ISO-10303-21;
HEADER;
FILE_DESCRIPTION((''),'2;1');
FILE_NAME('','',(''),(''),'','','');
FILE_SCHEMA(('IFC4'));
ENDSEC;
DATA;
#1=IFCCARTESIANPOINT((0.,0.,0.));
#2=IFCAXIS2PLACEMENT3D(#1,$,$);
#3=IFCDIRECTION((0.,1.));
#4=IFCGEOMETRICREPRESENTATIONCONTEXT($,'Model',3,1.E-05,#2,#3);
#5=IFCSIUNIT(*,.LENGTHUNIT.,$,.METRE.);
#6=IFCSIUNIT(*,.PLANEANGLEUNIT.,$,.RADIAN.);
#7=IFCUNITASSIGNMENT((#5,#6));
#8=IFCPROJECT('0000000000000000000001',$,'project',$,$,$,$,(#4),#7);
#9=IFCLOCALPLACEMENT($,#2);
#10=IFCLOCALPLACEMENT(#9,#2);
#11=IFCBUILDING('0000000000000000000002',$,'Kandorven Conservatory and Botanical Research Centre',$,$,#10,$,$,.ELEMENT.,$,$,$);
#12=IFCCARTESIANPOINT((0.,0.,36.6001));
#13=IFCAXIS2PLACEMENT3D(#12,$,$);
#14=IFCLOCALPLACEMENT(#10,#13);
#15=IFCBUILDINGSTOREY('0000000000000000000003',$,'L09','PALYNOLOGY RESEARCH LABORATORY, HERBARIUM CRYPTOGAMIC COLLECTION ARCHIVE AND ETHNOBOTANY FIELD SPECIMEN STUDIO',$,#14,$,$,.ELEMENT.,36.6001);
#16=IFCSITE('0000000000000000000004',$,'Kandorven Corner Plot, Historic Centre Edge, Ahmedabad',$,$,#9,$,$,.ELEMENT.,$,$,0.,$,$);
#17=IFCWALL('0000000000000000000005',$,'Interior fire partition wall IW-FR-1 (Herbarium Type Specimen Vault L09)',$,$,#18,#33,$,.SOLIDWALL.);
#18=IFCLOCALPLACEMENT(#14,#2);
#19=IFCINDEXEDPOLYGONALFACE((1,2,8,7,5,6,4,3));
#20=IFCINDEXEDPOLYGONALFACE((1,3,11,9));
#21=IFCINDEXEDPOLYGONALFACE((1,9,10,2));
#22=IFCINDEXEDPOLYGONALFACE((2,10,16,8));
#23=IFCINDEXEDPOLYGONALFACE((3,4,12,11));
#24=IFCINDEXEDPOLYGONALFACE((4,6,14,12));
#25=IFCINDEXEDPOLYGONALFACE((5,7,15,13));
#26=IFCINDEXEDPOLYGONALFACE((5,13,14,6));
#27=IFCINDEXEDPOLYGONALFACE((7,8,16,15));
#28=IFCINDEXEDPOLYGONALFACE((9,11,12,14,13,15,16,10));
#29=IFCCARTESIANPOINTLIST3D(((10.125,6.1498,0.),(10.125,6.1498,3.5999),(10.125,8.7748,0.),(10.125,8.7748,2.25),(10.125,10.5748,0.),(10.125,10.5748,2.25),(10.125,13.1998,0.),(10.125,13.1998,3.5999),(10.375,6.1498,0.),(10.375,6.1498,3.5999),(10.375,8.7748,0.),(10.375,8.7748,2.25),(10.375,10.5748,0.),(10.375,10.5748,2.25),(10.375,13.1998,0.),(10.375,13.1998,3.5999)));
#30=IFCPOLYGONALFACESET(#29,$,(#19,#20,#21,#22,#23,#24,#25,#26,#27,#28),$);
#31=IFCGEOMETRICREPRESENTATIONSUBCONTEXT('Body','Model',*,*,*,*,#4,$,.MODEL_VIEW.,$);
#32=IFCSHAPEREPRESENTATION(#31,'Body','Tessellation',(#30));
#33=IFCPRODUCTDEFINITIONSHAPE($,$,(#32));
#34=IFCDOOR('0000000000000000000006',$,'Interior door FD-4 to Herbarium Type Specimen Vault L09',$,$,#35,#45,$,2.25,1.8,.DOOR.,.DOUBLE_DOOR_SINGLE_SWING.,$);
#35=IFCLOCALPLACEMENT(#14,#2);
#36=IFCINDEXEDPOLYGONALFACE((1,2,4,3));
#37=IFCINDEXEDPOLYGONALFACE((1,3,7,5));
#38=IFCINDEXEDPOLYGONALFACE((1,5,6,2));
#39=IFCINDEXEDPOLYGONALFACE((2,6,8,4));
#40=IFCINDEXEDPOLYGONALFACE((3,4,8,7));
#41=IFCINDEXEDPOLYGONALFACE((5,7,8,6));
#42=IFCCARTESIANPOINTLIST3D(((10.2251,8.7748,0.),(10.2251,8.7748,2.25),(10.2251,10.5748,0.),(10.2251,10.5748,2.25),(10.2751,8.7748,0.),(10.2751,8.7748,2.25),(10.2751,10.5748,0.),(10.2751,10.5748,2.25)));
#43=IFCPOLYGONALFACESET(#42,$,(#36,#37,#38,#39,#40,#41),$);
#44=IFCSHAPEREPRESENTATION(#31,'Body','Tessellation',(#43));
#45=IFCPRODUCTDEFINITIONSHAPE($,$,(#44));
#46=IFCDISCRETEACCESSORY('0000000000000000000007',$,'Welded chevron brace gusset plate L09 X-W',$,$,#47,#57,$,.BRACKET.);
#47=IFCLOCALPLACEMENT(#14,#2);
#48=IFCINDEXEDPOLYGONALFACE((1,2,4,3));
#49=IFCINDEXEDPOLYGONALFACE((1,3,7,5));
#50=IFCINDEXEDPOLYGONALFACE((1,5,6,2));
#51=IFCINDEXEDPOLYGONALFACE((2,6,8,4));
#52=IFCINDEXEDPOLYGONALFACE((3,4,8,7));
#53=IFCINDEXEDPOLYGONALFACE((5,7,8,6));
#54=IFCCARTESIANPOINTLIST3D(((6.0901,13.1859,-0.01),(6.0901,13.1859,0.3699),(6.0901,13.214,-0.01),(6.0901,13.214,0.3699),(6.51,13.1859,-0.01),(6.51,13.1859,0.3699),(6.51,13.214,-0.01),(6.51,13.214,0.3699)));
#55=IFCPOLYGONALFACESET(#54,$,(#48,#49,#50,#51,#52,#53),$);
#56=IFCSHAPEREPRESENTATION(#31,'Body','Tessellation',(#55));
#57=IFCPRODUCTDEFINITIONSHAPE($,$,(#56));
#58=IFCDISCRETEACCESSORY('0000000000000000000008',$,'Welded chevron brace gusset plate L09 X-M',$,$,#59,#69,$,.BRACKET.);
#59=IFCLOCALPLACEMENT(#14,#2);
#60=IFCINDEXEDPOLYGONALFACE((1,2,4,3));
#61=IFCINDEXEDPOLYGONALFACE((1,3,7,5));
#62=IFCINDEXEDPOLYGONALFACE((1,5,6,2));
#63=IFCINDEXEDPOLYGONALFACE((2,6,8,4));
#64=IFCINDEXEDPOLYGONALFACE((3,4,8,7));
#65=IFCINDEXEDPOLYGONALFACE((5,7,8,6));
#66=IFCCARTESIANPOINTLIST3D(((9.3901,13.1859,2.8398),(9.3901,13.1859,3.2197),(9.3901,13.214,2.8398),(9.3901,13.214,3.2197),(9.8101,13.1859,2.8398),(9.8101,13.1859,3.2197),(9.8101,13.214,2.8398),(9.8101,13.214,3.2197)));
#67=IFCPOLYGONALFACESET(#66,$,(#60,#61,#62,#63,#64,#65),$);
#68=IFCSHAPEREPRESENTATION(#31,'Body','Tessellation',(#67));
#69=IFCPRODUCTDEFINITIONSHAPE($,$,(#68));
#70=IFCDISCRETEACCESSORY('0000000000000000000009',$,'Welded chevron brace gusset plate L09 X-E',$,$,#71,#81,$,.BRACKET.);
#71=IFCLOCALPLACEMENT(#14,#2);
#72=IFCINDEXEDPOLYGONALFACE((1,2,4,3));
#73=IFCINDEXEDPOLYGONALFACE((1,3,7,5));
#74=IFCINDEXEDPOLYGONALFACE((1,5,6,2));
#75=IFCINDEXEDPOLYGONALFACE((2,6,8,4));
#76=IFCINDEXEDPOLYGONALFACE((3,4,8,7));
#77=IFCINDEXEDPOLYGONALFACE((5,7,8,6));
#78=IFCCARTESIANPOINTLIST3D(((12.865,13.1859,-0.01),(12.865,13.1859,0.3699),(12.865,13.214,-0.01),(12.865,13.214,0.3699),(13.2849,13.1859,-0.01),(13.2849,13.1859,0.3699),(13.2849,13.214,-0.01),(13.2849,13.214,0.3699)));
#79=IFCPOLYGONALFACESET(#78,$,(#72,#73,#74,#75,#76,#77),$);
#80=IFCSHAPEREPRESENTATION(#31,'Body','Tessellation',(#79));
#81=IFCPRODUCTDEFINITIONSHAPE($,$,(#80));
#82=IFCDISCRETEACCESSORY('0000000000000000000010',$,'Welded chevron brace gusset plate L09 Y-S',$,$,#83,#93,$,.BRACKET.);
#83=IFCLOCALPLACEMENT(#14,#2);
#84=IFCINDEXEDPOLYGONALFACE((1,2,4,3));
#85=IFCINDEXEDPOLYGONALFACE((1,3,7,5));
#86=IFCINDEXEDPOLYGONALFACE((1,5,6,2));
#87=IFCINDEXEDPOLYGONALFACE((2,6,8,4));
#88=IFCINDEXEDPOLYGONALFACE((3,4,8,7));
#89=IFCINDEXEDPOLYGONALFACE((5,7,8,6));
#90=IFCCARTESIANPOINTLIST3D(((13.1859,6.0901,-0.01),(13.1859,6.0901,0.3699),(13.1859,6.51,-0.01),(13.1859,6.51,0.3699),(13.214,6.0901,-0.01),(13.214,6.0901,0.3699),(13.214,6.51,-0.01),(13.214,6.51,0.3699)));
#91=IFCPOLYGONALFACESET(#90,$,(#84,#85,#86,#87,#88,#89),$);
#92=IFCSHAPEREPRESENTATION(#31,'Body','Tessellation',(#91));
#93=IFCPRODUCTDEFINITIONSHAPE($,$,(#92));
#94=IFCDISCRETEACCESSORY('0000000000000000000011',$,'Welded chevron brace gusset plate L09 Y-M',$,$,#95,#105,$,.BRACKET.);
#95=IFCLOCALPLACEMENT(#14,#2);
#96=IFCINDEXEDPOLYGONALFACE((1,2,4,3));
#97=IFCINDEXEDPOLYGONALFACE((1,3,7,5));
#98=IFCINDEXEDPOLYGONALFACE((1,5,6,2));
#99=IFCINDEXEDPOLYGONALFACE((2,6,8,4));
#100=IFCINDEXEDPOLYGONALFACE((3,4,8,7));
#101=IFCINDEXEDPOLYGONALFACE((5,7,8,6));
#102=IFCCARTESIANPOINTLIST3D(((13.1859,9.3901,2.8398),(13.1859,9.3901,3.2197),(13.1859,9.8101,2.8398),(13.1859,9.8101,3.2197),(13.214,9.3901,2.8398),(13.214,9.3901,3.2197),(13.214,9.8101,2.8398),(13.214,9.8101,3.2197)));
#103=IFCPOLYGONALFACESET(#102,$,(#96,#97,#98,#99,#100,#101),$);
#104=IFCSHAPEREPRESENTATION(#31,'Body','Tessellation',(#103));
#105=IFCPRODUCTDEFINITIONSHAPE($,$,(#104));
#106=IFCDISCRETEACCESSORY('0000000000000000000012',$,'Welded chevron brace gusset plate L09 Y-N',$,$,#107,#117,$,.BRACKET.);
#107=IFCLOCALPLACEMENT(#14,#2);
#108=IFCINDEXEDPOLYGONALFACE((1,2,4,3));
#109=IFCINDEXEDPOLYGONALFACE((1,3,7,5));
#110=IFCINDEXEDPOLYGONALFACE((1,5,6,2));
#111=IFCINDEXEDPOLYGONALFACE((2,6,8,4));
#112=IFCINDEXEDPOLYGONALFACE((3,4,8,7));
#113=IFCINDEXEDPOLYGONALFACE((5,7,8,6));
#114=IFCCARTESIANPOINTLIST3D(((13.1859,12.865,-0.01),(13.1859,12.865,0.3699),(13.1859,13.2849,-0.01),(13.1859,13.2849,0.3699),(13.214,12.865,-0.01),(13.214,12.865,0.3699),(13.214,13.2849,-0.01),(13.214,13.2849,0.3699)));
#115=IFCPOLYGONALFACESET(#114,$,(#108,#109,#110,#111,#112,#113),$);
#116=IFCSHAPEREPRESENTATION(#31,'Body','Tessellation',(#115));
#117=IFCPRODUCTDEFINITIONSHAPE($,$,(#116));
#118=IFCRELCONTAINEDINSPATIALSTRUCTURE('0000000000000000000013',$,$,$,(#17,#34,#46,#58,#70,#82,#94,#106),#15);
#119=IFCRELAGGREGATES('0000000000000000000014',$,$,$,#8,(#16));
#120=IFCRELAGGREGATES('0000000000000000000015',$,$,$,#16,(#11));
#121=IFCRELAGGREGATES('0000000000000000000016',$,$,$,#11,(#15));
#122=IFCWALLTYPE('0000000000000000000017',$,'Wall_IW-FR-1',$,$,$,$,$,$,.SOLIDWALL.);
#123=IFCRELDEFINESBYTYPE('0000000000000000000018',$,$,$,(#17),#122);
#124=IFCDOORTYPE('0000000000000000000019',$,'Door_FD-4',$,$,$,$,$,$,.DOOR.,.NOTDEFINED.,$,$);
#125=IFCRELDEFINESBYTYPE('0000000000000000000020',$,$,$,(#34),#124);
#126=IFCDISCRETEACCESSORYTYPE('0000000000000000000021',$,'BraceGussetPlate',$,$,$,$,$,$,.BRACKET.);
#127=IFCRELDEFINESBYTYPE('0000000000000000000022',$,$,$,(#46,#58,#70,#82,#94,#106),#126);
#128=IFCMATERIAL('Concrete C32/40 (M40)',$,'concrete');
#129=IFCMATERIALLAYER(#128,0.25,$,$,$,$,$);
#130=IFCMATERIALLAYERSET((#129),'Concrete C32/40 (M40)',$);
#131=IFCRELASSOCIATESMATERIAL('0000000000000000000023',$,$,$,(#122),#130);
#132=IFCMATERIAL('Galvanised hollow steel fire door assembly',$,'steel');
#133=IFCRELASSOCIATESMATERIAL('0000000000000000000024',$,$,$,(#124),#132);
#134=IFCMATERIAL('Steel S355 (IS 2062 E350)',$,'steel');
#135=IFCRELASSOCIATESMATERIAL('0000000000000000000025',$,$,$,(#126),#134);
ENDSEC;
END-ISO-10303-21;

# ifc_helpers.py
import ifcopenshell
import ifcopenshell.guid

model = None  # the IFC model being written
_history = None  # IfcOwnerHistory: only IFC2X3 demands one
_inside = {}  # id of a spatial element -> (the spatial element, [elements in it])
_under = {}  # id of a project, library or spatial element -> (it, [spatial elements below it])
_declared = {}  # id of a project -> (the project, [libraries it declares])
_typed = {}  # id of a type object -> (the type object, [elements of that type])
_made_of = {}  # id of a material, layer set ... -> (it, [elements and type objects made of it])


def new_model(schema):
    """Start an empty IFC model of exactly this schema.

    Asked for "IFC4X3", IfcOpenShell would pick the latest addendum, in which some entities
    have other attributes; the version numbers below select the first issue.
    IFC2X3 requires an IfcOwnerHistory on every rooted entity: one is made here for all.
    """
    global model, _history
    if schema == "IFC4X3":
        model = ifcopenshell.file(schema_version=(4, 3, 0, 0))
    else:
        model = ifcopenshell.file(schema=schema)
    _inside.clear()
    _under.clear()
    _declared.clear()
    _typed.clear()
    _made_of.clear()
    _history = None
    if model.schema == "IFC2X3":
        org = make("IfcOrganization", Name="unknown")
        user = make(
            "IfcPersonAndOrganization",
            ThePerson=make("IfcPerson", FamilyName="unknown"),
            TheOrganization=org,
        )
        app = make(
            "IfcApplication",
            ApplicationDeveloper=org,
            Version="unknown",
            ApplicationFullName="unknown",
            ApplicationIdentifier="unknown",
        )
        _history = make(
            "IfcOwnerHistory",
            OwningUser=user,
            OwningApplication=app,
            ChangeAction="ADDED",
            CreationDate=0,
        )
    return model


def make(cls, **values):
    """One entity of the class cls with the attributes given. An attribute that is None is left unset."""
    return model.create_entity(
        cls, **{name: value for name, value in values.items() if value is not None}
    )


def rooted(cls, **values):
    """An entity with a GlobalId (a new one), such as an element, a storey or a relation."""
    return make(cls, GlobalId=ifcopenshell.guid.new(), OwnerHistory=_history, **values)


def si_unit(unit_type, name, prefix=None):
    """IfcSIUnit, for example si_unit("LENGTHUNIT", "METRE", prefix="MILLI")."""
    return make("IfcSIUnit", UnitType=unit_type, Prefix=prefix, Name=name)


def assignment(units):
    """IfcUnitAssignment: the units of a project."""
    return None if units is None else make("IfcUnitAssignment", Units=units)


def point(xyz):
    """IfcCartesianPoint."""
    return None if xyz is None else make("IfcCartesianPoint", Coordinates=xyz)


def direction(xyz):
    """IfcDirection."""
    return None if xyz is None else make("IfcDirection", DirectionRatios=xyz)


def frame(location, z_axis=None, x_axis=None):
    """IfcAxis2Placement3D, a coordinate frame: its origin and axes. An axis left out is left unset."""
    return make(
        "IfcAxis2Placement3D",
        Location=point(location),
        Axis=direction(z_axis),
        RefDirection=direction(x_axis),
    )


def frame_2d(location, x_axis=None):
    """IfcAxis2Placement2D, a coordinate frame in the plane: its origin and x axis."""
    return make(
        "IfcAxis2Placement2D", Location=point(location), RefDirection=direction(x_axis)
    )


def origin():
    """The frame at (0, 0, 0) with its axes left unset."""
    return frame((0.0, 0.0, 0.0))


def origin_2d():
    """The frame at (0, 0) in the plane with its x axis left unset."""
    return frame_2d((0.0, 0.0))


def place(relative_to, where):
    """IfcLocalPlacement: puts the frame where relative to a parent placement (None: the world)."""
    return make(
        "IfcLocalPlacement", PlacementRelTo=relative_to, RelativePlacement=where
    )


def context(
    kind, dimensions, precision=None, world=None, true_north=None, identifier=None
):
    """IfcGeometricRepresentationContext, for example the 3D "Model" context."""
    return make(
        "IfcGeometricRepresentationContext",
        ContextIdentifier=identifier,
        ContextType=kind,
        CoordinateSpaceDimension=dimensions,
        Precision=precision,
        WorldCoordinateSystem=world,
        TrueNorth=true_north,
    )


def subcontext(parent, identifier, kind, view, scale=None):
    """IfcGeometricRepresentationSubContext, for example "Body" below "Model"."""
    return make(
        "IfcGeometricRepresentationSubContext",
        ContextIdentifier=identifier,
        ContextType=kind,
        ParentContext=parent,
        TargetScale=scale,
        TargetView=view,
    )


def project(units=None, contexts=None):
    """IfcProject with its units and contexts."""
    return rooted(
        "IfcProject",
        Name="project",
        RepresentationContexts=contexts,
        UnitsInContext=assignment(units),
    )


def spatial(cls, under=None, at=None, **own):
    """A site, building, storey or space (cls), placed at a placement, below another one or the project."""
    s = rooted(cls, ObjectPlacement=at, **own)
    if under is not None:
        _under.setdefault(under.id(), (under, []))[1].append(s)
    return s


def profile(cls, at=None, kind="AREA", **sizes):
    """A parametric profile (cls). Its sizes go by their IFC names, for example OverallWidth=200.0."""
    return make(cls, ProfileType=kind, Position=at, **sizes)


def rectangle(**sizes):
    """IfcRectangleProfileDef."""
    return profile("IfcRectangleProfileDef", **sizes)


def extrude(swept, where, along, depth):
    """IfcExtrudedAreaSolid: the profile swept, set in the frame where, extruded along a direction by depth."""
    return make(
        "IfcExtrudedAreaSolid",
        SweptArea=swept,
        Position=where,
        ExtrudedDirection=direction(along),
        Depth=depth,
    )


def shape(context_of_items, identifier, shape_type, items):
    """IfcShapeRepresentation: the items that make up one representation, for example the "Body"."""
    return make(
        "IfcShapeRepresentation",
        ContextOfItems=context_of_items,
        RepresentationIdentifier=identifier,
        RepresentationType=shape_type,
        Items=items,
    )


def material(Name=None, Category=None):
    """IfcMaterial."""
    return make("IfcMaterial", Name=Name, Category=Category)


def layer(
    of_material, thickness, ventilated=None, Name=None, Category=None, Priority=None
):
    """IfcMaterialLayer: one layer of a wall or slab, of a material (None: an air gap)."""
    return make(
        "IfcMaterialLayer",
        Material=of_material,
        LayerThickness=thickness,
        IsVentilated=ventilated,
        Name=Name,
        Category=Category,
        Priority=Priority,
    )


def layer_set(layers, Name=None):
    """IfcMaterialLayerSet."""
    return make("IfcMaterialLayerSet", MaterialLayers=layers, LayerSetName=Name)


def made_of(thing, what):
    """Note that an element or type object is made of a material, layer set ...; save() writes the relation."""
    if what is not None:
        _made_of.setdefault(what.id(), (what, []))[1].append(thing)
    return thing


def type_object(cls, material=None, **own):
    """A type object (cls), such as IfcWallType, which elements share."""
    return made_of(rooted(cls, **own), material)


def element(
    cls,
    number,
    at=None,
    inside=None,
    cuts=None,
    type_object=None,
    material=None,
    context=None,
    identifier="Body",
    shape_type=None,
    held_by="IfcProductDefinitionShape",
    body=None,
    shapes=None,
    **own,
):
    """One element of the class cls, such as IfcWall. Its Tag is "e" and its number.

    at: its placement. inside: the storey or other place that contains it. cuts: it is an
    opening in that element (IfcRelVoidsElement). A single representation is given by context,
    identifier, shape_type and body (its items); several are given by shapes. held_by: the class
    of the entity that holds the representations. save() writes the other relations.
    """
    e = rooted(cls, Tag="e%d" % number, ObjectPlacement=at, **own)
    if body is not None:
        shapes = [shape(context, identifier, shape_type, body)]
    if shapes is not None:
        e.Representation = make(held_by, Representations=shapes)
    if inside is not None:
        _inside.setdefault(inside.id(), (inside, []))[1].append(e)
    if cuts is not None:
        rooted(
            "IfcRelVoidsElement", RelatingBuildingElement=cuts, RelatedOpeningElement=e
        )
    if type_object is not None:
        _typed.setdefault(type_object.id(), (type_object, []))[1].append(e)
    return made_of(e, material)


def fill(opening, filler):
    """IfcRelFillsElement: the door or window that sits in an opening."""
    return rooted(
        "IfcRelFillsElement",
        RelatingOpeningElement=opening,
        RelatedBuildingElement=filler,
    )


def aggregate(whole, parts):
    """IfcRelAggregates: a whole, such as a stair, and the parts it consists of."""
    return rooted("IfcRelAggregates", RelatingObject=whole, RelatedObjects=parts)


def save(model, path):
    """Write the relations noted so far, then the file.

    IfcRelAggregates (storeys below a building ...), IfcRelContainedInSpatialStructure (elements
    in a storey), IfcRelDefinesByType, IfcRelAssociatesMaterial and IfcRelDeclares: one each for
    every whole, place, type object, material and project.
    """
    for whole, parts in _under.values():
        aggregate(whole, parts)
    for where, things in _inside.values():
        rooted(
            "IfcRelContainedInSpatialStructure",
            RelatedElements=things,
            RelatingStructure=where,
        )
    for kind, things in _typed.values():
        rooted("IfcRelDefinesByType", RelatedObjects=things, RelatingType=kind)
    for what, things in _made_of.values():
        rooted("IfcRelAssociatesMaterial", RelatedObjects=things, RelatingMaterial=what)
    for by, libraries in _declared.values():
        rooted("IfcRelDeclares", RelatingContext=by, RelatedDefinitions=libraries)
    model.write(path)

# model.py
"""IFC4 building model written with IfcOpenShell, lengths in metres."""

from ifc_helpers import new_model, si_unit, direction, frame, frame_2d, origin, origin_2d, place, context, subcontext, project, spatial, rectangle, extrude, material, layer, layer_set, type_object, element, fill, save


model = new_model("IFC4")

# Units and contexts
model_context = context("Model", 3, precision=1e-05, world=origin(), true_north=direction((0.0, 1.0)))
body_context = subcontext(model_context, "Body", "Model", "MODEL_VIEW")
ifc_project = project(units=[si_unit("LENGTHUNIT", "METRE"), si_unit("PLANEANGLEUNIT", "RADIAN")], contexts=[model_context])

# Site, building, storey
site_placement = place(None, origin())
site = spatial("IfcSite", under=ifc_project, at=site_placement, Name="Kandorven Corner Plot, Historic Centre Edge, Ahmedabad", CompositionType="ELEMENT", RefElevation=0.0)
building_placement = place(site_placement, origin())
building = spatial("IfcBuilding", under=site, at=building_placement, Name="Kandorven Conservatory and Botanical Research Centre", CompositionType="ELEMENT")
storey_placement = place(building_placement, frame((0.0, 0.0, 36.6001)))
storey = spatial("IfcBuildingStorey", under=building, at=storey_placement, Name="L09", Description="PALYNOLOGY RESEARCH LABORATORY, HERBARIUM CRYPTOGAMIC COLLECTION ARCHIVE AND ETHNOBOTANY FIELD SPECIMEN STUDIO", CompositionType="ELEMENT", Elevation=36.6001)

# Wall, opening, door
ifc_material_1 = material(Name="Concrete C32/40 (M40)", Category="concrete")
ifc_layer_1 = layer(ifc_material_1, 0.25)
ifc_layer_set_1 = layer_set([ifc_layer_1], Name="Concrete C32/40 (M40)")
wall_type_1 = type_object("IfcWallType", Name="Wall_IW-FR-1", PredefinedType="SOLIDWALL", material=ifc_layer_set_1)
wall_1_placement = place(storey_placement, frame((10.25, 6.1499, 0.0), z_axis=(0.0, 0.0, 1.0), x_axis=(0.0, 1.0, 0.0)))
wall_1 = element("IfcWall", 1, at=wall_1_placement, inside=storey, type_object=wall_type_1, Name="Interior fire partition wall IW-FR-1 (Herbarium Type Specimen Vault L09)", PredefinedType="SOLIDWALL", context=body_context, shape_type="SweptSolid", body=[
    extrude(rectangle(XDim=7.05, YDim=0.25, at=frame_2d((3.5249, 0.0))), origin(), (0.0, 0.0, 1.0), 3.5999),
])
opening_1_placement = place(wall_1_placement, frame((2.625, 0.0, 0.0)))
opening_1 = element("IfcOpeningElement", 2, at=opening_1_placement, cuts=wall_1, PredefinedType="OPENING", context=body_context, shape_type="SweptSolid", body=[
    extrude(rectangle(XDim=1.8, YDim=2.25, at=frame_2d((0.8999, 1.125))), frame((0.0, 0.135, 0.0), z_axis=(0.0, -1.0, 0.0), x_axis=(1.0, 0.0, 0.0)), (0.0, 0.0, 1.0), 0.27),
])
ifc_material_2 = material(Name="Galvanised hollow steel fire door assembly", Category="steel")
door_type_1 = type_object("IfcDoorType", Name="Door_FD-4", OperationType="NOTDEFINED", PredefinedType="DOOR", material=ifc_material_2)
door_1_placement = place(opening_1_placement, origin())
door_1 = element("IfcDoor", 3, at=door_1_placement, inside=storey, type_object=door_type_1, Name="Interior door FD-4 to Herbarium Type Specimen Vault L09", OperationType="DOUBLE_DOOR_SINGLE_SWING", OverallHeight=2.25, OverallWidth=1.8, PredefinedType="DOOR", context=body_context, shape_type="SweptSolid", body=[
    extrude(rectangle(XDim=1.8, YDim=2.25, at=frame_2d((0.8999, 1.125))), frame((0.0, 0.0249, 0.0), z_axis=(0.0, -1.0, 0.0), x_axis=(1.0, 0.0, 0.0)), (0.0, 0.0, 1.0), 0.05),
])
fill(opening_1, door_1)

# Discrete accessories
ifc_material_3 = material(Name="Steel S355 (IS 2062 E350)", Category="steel")
discrete_accessory_type = type_object("IfcDiscreteAccessoryType", Name="BraceGussetPlate", PredefinedType="BRACKET", material=ifc_material_3)
for number, where, z_axis, x_axis, name in (
    (4, (6.3, 13.2, -0.01), (0.0, 0.0, 1.0), (1.0, 0.0, 0.0), "Welded chevron brace gusset plate L09 X-W"),
    (5, (9.6001, 13.2, 2.8398), (0.0, 0.0, 1.0), (1.0, 0.0, 0.0), "Welded chevron brace gusset plate L09 X-M"),
    (6, (13.075, 13.2, -0.01), (0.0, 0.0, 1.0), (1.0, 0.0, 0.0), "Welded chevron brace gusset plate L09 X-E"),
):
    element("IfcDiscreteAccessory", number, at=place(storey_placement, frame(where, z_axis=z_axis, x_axis=x_axis)), inside=storey, type_object=discrete_accessory_type, Name=name, PredefinedType="BRACKET", context=body_context, shape_type="SweptSolid", body=[
        extrude(rectangle(XDim=0.4199, YDim=0.0281, at=origin_2d()), origin(), (0.0, 0.0, 1.0), 0.3799),
    ])
for number, where, z_axis, x_axis, name in (
    (7, (13.2, 6.3, -0.01), (0.0, 0.0, 1.0), (1.0, 0.0, 0.0), "Welded chevron brace gusset plate L09 Y-S"),
    (8, (13.2, 9.6001, 2.8398), (0.0, 0.0, 1.0), (1.0, 0.0, 0.0), "Welded chevron brace gusset plate L09 Y-M"),
    (9, (13.2, 13.075, -0.01), (0.0, 0.0, 1.0), (1.0, 0.0, 0.0), "Welded chevron brace gusset plate L09 Y-N"),
):
    element("IfcDiscreteAccessory", number, at=place(storey_placement, frame(where, z_axis=z_axis, x_axis=x_axis)), inside=storey, type_object=discrete_accessory_type, Name=name, PredefinedType="BRACKET", context=body_context, shape_type="SweptSolid", body=[
        extrude(rectangle(XDim=0.0281, YDim=0.4199, at=origin_2d()), origin(), (0.0, 0.0, 1.0), 0.3799),
    ])

save(model, "model.ifc")
